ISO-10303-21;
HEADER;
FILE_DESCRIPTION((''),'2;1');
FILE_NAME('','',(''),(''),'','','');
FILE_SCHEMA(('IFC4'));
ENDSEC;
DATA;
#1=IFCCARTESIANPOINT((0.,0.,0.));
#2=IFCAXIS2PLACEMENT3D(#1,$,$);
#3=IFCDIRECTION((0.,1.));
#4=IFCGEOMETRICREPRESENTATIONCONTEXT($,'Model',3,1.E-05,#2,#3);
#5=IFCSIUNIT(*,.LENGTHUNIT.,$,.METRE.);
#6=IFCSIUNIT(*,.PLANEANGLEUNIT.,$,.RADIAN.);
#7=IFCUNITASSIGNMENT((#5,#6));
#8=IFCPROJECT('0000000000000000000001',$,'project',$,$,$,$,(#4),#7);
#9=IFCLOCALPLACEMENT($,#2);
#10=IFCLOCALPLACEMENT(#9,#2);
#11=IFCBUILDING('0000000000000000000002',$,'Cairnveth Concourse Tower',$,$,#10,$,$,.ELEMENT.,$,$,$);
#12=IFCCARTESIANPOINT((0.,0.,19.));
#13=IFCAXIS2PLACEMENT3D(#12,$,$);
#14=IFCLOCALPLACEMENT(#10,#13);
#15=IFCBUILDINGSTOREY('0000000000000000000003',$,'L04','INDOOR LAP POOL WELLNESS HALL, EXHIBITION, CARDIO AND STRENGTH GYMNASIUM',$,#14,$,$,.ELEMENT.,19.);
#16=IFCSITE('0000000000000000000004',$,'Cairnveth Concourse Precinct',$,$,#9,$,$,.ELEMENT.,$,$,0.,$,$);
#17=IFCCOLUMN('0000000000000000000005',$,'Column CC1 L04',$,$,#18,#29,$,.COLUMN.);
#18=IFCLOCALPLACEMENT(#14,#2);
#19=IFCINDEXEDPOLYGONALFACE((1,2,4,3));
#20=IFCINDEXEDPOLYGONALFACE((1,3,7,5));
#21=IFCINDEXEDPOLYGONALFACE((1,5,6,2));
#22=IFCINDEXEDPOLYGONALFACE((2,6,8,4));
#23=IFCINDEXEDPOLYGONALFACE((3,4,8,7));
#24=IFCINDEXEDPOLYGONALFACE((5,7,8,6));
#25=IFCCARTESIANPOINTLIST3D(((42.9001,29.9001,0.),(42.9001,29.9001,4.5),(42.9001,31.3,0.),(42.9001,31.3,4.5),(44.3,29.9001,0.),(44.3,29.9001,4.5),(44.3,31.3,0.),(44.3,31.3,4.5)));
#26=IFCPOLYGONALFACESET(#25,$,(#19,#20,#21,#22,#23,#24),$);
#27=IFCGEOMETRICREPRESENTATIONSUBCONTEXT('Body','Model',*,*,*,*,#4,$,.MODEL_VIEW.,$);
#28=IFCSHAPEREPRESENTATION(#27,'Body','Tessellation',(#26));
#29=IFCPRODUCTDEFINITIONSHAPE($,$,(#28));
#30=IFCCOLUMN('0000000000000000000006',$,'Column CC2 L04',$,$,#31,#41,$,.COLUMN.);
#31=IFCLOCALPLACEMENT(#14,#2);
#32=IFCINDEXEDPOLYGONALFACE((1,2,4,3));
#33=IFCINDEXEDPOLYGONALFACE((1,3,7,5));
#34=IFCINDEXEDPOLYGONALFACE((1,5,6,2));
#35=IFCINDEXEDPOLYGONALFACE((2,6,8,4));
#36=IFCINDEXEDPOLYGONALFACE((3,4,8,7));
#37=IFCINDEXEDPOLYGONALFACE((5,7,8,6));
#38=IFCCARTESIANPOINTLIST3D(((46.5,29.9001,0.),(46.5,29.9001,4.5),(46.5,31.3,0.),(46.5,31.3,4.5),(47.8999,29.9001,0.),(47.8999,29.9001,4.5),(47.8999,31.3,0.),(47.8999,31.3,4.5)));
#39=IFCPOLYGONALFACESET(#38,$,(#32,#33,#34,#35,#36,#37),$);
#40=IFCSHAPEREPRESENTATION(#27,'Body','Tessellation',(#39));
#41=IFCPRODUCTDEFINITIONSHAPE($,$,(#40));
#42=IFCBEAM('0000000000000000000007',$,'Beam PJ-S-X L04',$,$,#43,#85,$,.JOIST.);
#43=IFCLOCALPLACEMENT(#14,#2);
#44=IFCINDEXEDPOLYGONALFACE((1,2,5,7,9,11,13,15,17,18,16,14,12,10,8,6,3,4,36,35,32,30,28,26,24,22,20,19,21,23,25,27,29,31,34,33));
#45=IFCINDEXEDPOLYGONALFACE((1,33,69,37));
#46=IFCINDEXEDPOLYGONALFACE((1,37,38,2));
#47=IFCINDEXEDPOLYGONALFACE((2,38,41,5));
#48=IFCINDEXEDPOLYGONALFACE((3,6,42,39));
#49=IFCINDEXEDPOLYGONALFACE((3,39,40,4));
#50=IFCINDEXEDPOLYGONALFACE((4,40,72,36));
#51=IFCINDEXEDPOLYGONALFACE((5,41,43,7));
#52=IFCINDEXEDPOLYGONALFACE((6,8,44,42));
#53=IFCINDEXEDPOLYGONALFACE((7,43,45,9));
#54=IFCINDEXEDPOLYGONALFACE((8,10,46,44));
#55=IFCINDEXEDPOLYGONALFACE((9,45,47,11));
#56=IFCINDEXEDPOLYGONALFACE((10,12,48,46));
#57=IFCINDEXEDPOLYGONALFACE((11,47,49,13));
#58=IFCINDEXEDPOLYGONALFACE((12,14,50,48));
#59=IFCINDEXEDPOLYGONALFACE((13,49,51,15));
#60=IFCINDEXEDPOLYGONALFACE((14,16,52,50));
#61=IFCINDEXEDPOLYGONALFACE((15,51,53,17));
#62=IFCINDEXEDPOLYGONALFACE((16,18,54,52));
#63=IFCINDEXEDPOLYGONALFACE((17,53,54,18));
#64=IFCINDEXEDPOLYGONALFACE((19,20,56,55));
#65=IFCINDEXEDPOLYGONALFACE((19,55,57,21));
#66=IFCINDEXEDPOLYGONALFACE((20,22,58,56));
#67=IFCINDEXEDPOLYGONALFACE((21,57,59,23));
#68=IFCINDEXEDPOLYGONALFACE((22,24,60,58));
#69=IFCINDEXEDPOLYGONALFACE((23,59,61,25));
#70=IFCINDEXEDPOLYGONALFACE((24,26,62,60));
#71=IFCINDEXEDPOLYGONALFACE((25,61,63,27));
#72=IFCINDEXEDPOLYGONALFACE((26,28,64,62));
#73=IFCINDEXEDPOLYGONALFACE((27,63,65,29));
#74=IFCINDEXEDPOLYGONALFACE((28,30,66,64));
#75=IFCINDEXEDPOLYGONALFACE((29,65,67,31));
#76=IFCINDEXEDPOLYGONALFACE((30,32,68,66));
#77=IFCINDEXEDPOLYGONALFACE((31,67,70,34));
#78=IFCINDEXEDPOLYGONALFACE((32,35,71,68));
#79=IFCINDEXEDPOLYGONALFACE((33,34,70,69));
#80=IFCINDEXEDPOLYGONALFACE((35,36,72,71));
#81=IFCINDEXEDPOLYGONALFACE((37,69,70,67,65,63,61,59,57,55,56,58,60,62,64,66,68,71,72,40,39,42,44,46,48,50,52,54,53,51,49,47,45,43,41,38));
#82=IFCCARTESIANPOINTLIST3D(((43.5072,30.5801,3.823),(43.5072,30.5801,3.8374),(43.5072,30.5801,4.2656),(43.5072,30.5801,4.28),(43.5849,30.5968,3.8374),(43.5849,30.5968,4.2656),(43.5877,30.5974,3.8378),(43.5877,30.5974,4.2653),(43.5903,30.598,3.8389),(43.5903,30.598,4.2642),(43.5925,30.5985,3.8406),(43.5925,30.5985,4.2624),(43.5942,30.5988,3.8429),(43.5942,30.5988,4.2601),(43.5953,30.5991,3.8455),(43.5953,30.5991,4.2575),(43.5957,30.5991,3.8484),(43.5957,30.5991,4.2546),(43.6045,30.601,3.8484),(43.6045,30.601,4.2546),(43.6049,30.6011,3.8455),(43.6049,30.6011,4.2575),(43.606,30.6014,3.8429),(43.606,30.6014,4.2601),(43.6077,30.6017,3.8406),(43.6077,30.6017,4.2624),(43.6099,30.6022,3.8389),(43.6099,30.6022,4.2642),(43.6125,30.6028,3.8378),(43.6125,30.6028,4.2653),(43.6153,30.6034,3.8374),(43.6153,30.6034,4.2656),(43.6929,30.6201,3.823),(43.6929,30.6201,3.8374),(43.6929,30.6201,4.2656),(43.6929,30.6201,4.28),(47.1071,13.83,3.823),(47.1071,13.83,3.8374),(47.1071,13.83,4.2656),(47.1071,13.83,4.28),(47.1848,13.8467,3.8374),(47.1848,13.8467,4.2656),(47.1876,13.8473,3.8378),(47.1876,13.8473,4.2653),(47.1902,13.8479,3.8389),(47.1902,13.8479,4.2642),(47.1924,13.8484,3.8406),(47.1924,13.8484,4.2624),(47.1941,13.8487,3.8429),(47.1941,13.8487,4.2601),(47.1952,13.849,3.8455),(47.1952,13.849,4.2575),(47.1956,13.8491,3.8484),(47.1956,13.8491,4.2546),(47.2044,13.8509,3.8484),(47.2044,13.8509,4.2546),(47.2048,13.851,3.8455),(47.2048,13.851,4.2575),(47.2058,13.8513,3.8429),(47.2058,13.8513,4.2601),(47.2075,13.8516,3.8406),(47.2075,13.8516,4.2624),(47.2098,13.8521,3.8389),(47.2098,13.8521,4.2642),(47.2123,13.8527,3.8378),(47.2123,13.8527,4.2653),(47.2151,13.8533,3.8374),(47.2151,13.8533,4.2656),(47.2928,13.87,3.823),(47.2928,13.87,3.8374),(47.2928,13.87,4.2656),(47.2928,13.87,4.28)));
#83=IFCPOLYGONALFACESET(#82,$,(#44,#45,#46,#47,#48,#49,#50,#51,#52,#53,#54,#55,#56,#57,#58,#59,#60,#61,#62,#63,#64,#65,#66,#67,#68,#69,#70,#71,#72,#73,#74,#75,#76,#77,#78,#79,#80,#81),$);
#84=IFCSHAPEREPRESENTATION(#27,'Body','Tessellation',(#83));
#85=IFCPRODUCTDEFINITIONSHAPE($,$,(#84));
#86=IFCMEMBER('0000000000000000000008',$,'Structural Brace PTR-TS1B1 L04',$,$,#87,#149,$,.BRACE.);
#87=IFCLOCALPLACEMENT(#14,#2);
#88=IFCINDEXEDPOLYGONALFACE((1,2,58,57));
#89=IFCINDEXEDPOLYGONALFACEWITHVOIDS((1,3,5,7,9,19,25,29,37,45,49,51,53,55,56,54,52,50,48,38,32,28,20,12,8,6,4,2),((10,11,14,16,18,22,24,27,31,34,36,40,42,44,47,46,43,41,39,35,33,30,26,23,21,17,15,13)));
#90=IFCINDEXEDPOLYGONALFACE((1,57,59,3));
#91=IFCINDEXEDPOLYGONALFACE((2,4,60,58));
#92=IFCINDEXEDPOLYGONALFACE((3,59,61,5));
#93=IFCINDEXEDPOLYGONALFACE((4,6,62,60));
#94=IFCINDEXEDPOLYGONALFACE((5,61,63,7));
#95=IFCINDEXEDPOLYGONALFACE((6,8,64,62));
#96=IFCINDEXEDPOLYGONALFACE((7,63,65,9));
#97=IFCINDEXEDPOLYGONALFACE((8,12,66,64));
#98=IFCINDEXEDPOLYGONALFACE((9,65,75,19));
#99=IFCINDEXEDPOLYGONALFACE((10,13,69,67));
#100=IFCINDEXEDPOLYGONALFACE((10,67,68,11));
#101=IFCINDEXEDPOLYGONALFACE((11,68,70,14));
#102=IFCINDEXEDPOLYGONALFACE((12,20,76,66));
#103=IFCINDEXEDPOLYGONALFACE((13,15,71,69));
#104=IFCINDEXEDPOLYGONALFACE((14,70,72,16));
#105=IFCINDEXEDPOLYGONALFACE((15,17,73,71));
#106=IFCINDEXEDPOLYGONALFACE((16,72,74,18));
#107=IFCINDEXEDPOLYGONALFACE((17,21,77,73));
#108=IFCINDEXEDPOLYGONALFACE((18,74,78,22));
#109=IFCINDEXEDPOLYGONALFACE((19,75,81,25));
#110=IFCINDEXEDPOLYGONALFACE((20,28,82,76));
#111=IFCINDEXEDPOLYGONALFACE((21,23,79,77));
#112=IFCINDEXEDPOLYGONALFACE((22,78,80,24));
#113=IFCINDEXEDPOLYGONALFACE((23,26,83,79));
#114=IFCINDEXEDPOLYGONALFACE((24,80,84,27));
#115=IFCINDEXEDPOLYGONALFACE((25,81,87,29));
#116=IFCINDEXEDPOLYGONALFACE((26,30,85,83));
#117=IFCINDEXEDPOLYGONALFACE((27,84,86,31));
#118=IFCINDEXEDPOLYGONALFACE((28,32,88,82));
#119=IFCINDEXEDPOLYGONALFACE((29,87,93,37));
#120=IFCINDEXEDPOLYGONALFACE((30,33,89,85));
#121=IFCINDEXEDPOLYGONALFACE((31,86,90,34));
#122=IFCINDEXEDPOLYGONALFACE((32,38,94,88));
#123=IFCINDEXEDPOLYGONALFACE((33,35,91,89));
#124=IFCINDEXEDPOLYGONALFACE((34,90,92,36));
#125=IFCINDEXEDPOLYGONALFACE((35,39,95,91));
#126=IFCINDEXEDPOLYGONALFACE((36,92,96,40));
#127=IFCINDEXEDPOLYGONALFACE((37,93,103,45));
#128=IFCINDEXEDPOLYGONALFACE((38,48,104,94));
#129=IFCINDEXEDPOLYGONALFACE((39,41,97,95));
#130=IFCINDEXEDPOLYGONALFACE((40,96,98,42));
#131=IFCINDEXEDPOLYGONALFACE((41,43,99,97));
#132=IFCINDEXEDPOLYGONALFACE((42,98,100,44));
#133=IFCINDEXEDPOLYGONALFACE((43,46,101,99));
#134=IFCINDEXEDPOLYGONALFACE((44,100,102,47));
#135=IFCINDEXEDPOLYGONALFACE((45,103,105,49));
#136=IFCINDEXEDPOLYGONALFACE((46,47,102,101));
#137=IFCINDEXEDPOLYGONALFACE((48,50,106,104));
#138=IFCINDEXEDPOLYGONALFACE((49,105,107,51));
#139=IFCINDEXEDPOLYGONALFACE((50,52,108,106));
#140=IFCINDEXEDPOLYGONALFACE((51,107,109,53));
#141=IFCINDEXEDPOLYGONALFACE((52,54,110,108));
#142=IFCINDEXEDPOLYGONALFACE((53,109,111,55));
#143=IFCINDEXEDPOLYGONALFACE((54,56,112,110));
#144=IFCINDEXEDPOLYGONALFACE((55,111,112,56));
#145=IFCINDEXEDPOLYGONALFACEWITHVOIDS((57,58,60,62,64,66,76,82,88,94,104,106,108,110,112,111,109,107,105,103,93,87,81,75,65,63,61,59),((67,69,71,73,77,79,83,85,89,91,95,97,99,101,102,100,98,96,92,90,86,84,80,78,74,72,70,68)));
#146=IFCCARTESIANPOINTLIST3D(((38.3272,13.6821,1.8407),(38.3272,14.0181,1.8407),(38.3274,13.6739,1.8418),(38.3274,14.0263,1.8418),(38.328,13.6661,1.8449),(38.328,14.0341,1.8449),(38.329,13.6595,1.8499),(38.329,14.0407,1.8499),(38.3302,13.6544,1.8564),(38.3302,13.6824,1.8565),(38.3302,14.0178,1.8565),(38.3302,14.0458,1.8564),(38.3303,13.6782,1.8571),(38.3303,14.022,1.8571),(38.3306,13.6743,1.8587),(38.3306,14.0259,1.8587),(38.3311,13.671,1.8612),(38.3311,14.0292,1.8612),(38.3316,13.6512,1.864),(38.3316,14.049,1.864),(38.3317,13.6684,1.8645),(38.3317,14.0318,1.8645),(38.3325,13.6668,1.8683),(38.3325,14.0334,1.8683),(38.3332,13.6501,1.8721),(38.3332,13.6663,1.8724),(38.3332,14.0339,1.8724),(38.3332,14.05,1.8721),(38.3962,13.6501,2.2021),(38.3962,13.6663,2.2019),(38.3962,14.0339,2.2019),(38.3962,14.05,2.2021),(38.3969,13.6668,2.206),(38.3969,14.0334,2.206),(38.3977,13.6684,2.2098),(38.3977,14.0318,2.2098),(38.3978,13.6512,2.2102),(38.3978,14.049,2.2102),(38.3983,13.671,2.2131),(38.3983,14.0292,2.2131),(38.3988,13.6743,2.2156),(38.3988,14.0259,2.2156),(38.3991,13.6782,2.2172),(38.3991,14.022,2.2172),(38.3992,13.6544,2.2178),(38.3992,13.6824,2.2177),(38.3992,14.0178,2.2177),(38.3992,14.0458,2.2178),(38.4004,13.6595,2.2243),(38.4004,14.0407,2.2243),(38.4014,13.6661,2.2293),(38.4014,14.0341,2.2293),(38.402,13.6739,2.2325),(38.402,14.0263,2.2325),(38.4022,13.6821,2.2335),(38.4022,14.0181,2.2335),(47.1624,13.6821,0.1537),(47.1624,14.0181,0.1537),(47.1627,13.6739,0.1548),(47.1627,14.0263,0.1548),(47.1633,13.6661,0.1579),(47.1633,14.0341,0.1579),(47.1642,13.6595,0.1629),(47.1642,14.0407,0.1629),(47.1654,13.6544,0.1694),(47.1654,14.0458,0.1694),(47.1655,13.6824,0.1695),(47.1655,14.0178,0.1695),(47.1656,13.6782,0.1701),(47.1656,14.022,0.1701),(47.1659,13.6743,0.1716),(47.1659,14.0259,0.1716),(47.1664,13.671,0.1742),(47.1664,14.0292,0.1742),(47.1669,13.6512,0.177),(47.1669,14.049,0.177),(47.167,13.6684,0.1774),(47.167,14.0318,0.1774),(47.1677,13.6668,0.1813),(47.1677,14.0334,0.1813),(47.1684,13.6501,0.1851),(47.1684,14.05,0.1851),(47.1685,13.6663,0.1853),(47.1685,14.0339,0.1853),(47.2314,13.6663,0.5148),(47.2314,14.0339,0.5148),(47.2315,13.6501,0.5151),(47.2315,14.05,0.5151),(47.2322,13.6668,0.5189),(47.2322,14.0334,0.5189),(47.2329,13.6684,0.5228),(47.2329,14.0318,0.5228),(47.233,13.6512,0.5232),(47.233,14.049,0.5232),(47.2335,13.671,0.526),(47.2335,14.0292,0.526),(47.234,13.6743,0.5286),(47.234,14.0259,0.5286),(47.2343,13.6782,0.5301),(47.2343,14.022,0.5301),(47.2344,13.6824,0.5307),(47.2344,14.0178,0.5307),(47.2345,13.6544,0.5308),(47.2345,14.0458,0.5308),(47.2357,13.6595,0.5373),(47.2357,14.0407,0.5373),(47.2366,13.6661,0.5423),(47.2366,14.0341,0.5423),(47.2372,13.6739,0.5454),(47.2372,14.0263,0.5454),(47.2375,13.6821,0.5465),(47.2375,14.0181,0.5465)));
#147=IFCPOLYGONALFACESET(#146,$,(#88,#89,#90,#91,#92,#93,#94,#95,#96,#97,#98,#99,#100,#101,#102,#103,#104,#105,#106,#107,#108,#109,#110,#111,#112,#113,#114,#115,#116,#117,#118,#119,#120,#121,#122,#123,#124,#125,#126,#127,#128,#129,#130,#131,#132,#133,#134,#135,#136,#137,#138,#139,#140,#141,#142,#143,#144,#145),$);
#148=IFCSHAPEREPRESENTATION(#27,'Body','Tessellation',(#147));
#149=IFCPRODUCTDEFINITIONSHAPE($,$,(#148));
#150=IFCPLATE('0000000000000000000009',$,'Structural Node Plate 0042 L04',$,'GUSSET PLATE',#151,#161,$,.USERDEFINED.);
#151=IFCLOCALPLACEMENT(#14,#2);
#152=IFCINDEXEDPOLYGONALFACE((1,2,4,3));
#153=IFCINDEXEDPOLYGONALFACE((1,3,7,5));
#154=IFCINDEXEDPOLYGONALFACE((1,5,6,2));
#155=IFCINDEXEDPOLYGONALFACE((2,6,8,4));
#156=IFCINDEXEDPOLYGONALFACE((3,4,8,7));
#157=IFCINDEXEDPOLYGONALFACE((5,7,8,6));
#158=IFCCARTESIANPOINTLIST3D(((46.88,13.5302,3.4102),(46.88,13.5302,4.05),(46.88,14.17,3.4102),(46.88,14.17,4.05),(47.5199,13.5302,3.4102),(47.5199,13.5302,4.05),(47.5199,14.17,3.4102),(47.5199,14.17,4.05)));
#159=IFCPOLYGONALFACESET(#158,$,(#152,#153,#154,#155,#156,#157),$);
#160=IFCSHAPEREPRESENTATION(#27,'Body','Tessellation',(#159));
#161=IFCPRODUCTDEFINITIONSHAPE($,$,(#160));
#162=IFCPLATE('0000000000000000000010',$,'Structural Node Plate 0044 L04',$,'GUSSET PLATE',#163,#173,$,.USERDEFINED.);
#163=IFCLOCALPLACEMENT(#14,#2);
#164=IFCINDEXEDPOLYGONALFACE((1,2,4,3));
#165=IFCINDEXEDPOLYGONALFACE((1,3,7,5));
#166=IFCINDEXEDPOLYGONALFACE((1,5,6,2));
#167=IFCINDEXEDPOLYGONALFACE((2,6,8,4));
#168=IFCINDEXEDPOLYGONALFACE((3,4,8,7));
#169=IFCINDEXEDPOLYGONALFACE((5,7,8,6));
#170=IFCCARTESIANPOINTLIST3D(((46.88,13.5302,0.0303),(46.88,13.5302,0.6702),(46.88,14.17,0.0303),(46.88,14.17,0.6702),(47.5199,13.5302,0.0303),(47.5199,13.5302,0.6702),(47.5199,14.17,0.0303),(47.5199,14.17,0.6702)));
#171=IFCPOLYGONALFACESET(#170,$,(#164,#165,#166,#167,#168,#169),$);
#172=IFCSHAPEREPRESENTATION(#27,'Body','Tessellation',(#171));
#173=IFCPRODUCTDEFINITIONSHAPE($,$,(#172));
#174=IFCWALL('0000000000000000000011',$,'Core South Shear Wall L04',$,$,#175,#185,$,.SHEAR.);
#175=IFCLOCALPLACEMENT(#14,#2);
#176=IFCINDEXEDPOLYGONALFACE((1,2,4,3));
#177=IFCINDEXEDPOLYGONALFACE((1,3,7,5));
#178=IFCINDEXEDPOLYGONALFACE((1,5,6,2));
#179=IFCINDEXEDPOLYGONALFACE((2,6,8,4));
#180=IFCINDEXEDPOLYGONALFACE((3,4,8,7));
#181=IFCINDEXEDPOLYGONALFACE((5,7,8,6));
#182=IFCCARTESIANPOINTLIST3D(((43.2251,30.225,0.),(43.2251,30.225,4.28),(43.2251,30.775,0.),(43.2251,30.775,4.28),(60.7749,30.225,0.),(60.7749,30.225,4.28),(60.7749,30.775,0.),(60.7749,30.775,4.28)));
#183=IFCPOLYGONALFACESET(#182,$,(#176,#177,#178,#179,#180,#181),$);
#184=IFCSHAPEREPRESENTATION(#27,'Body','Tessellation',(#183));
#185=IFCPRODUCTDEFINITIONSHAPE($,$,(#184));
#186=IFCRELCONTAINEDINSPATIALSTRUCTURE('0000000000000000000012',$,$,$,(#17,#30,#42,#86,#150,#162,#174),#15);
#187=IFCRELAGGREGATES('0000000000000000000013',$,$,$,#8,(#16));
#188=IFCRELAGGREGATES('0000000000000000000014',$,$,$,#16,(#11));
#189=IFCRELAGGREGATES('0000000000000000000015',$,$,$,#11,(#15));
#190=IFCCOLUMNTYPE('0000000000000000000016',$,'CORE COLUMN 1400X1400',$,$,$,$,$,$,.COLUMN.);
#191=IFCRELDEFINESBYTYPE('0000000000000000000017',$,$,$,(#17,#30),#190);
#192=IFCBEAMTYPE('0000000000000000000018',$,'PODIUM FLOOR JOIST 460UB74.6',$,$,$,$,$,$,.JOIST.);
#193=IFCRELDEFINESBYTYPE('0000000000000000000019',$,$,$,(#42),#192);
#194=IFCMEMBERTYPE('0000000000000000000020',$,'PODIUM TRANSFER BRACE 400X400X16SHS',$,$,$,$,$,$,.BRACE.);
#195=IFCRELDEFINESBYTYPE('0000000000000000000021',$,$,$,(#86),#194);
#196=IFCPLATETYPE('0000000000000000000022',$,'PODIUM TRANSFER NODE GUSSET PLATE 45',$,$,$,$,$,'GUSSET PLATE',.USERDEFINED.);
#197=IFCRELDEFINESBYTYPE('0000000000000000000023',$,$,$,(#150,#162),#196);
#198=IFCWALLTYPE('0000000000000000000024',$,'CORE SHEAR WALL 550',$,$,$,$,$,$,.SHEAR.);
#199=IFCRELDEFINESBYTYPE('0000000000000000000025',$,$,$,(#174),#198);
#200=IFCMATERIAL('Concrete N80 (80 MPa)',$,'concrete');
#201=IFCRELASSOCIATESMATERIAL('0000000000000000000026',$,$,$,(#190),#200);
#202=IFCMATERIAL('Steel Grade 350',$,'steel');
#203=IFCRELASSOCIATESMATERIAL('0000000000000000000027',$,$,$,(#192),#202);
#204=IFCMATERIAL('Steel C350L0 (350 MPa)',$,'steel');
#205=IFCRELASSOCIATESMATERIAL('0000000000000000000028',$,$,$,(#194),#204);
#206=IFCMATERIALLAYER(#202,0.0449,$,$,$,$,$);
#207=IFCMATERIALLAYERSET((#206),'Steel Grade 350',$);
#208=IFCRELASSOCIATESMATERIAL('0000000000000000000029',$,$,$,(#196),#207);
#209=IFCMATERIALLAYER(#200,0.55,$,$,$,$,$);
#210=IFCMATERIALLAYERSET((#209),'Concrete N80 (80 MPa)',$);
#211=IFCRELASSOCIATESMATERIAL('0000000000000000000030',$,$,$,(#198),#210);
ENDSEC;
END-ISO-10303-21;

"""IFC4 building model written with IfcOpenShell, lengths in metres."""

from ifc_helpers import new_model, si_unit, direction, frame, frame_2d, origin, origin_2d, place, context, subcontext, project, spatial, rectangle, hollow_rectangle, i_section, extrude, material, layer, layer_set, material_profile, profile_set, type_object, element, save


model = new_model("IFC4")

# Units and contexts
model_context = context("Model", 3, precision=1e-05, world=origin(), true_north=direction((0.0, 1.0)))
body_context = subcontext(model_context, "Body", "Model", "MODEL_VIEW")
ifc_project = project(units=[si_unit("LENGTHUNIT", "METRE"), si_unit("PLANEANGLEUNIT", "RADIAN")], contexts=[model_context])

# Site, building, storey
site_placement = place(None, origin())
site = spatial("IfcSite", under=ifc_project, at=site_placement, Name="Cairnveth Concourse Precinct", CompositionType="ELEMENT", RefElevation=0.0)
building_placement = place(site_placement, origin())
building = spatial("IfcBuilding", under=site, at=building_placement, Name="Cairnveth Concourse Tower", CompositionType="ELEMENT")
storey_placement = place(building_placement, frame((0.0, 0.0, 19.0)))
storey = spatial("IfcBuildingStorey", under=building, at=storey_placement, Name="L04", Description="INDOOR LAP POOL WELLNESS HALL, EXHIBITION, CARDIO AND STRENGTH GYMNASIUM", CompositionType="ELEMENT", Elevation=19.0)

# Columns
ifc_material_1 = material(Name="Concrete N80 (80 MPa)", Category="concrete")
ifc_material_profile_1 = material_profile(ifc_material_1, rectangle(XDim=1.3999, YDim=1.3999, at=origin_2d()), Name="RC-COL-1400x1400")
ifc_profile_set_1 = profile_set([ifc_material_profile_1], Name="Concrete N80 (80 MPa)")
column_type = type_object("IfcColumnType", Name="CORE COLUMN 1400X1400", PredefinedType="COLUMN", material=ifc_profile_set_1)
for number, where, z_axis, x_axis, name in (
    (1, (43.6001, 30.6001, 0.0), (0.0, 0.0, 1.0), (1.0, 0.0, 0.0), "Column CC1 L04"),
    (2, (47.2, 30.6001, 0.0), (0.0, 0.0, 1.0), (1.0, 0.0, 0.0), "Column CC2 L04"),
):
    element("IfcColumn", number, at=place(storey_placement, frame(where, z_axis=z_axis, x_axis=x_axis)), inside=storey, type_object=column_type, Name=name, PredefinedType="COLUMN", context=body_context, shape_type="SweptSolid", body=[
        extrude(rectangle(XDim=1.3999, YDim=1.3999, at=origin_2d()), origin(), (0.0, 0.0, 1.0), 4.5),
    ])

# Beam
ifc_material_2 = material(Name="Steel Grade 350", Category="steel")
ifc_material_profile_2 = material_profile(ifc_material_2, i_section(OverallWidth=0.1899, OverallDepth=0.457, WebThickness=0.009, FlangeThickness=0.0144, FilletRadius=0.011, at=origin_2d()), Name="460UB74.6")
ifc_profile_set_2 = profile_set([ifc_material_profile_2], Name="Steel Grade 350")
beam_type = type_object("IfcBeamType", Name="PODIUM FLOOR JOIST 460UB74.6", PredefinedType="JOIST", material=ifc_profile_set_2)
beam_placement = place(storey_placement, frame((43.6001, 30.6001, 4.0515), z_axis=(0.210119, -0.977676, 0.0), x_axis=(0.977676, 0.210119, 0.0)))
element("IfcBeam", 3, at=beam_placement, inside=storey, type_object=beam_type, Name="Beam PJ-S-X L04", PredefinedType="JOIST", context=body_context, shape_type="SweptSolid", body=[
    extrude(i_section(OverallWidth=0.1899, OverallDepth=0.457, WebThickness=0.009, FlangeThickness=0.0144, FilletRadius=0.011, at=origin_2d()), origin(), (0.0, 0.0, 1.0), 17.1326),
])

# Member
ifc_material_3 = material(Name="Steel C350L0 (350 MPa)", Category="steel")
ifc_material_profile_3 = material_profile(ifc_material_3, hollow_rectangle(XDim=0.3999, YDim=0.3999, WallThickness=0.0161, InnerFilletRadius=0.0161, OuterFilletRadius=0.032, at=origin_2d()), Name="400x400x16.0SHS")
ifc_profile_set_3 = profile_set([ifc_material_profile_3], Name="Steel C350L0 (350 MPa)")
member_type = type_object("IfcMemberType", Name="PODIUM TRANSFER BRACE 400X400X16SHS", PredefinedType="BRACE", material=ifc_profile_set_3)
member_placement = place(storey_placement, frame((47.2, 13.8501, 0.3501), z_axis=(-0.982254, 0.0, 0.187554), x_axis=(0.0, -1.0, 0.0)))
element("IfcMember", 4, at=member_placement, inside=storey, type_object=member_type, Name="Structural Brace PTR-TS1B1 L04", PredefinedType="BRACE", context=body_context, shape_type="SweptSolid", body=[
    extrude(hollow_rectangle(XDim=0.3999, YDim=0.3999, WallThickness=0.0161, InnerFilletRadius=0.0161, OuterFilletRadius=0.032, at=origin_2d()), origin(), (0.0, 0.0, 1.0), 8.9949),
])

# Plates
ifc_layer_1 = layer(ifc_material_2, 0.0449)
ifc_layer_set_1 = layer_set([ifc_layer_1], Name="Steel Grade 350")
plate_type = type_object("IfcPlateType", Name="PODIUM TRANSFER NODE GUSSET PLATE 45", ElementType="GUSSET PLATE", PredefinedType="USERDEFINED", material=ifc_layer_set_1)
for number, where, z_axis, x_axis, name in (
    (5, (47.2, 13.8501, 3.4102), (0.0, 0.0, 1.0), (1.0, 0.0, 0.0), "Structural Node Plate 0042 L04"),
    (6, (47.2, 13.8501, 0.0303), (0.0, 0.0, 1.0), (1.0, 0.0, 0.0), "Structural Node Plate 0044 L04"),
):
    element("IfcPlate", number, at=place(storey_placement, frame(where, z_axis=z_axis, x_axis=x_axis)), inside=storey, type_object=plate_type, Name=name, ObjectType="GUSSET PLATE", PredefinedType="USERDEFINED", context=body_context, shape_type="SweptSolid", body=[
        extrude(rectangle(XDim=0.6399, YDim=0.6399, at=origin_2d()), origin(), (0.0, 0.0, 1.0), 0.6399),
    ])

# Wall
ifc_layer_2 = layer(ifc_material_1, 0.55)
ifc_layer_set_2 = layer_set([ifc_layer_2], Name="Concrete N80 (80 MPa)")
wall_type_1 = type_object("IfcWallType", Name="CORE SHEAR WALL 550", PredefinedType="SHEAR", material=ifc_layer_set_2)
wall_1_placement = place(storey_placement, frame((43.2251, 30.5, 0.0), z_axis=(0.0, 0.0, 1.0), x_axis=(1.0, 0.0, 0.0)))
element("IfcWall", 7, at=wall_1_placement, inside=storey, type_object=wall_type_1, Name="Core South Shear Wall L04", PredefinedType="SHEAR", context=body_context, shape_type="SweptSolid", body=[
    extrude(rectangle(XDim=17.5498, YDim=0.55, at=frame_2d((8.7749, 0.0))), origin(), (0.0, 0.0, 1.0), 4.28),
])

save(model, "model.ifc")
